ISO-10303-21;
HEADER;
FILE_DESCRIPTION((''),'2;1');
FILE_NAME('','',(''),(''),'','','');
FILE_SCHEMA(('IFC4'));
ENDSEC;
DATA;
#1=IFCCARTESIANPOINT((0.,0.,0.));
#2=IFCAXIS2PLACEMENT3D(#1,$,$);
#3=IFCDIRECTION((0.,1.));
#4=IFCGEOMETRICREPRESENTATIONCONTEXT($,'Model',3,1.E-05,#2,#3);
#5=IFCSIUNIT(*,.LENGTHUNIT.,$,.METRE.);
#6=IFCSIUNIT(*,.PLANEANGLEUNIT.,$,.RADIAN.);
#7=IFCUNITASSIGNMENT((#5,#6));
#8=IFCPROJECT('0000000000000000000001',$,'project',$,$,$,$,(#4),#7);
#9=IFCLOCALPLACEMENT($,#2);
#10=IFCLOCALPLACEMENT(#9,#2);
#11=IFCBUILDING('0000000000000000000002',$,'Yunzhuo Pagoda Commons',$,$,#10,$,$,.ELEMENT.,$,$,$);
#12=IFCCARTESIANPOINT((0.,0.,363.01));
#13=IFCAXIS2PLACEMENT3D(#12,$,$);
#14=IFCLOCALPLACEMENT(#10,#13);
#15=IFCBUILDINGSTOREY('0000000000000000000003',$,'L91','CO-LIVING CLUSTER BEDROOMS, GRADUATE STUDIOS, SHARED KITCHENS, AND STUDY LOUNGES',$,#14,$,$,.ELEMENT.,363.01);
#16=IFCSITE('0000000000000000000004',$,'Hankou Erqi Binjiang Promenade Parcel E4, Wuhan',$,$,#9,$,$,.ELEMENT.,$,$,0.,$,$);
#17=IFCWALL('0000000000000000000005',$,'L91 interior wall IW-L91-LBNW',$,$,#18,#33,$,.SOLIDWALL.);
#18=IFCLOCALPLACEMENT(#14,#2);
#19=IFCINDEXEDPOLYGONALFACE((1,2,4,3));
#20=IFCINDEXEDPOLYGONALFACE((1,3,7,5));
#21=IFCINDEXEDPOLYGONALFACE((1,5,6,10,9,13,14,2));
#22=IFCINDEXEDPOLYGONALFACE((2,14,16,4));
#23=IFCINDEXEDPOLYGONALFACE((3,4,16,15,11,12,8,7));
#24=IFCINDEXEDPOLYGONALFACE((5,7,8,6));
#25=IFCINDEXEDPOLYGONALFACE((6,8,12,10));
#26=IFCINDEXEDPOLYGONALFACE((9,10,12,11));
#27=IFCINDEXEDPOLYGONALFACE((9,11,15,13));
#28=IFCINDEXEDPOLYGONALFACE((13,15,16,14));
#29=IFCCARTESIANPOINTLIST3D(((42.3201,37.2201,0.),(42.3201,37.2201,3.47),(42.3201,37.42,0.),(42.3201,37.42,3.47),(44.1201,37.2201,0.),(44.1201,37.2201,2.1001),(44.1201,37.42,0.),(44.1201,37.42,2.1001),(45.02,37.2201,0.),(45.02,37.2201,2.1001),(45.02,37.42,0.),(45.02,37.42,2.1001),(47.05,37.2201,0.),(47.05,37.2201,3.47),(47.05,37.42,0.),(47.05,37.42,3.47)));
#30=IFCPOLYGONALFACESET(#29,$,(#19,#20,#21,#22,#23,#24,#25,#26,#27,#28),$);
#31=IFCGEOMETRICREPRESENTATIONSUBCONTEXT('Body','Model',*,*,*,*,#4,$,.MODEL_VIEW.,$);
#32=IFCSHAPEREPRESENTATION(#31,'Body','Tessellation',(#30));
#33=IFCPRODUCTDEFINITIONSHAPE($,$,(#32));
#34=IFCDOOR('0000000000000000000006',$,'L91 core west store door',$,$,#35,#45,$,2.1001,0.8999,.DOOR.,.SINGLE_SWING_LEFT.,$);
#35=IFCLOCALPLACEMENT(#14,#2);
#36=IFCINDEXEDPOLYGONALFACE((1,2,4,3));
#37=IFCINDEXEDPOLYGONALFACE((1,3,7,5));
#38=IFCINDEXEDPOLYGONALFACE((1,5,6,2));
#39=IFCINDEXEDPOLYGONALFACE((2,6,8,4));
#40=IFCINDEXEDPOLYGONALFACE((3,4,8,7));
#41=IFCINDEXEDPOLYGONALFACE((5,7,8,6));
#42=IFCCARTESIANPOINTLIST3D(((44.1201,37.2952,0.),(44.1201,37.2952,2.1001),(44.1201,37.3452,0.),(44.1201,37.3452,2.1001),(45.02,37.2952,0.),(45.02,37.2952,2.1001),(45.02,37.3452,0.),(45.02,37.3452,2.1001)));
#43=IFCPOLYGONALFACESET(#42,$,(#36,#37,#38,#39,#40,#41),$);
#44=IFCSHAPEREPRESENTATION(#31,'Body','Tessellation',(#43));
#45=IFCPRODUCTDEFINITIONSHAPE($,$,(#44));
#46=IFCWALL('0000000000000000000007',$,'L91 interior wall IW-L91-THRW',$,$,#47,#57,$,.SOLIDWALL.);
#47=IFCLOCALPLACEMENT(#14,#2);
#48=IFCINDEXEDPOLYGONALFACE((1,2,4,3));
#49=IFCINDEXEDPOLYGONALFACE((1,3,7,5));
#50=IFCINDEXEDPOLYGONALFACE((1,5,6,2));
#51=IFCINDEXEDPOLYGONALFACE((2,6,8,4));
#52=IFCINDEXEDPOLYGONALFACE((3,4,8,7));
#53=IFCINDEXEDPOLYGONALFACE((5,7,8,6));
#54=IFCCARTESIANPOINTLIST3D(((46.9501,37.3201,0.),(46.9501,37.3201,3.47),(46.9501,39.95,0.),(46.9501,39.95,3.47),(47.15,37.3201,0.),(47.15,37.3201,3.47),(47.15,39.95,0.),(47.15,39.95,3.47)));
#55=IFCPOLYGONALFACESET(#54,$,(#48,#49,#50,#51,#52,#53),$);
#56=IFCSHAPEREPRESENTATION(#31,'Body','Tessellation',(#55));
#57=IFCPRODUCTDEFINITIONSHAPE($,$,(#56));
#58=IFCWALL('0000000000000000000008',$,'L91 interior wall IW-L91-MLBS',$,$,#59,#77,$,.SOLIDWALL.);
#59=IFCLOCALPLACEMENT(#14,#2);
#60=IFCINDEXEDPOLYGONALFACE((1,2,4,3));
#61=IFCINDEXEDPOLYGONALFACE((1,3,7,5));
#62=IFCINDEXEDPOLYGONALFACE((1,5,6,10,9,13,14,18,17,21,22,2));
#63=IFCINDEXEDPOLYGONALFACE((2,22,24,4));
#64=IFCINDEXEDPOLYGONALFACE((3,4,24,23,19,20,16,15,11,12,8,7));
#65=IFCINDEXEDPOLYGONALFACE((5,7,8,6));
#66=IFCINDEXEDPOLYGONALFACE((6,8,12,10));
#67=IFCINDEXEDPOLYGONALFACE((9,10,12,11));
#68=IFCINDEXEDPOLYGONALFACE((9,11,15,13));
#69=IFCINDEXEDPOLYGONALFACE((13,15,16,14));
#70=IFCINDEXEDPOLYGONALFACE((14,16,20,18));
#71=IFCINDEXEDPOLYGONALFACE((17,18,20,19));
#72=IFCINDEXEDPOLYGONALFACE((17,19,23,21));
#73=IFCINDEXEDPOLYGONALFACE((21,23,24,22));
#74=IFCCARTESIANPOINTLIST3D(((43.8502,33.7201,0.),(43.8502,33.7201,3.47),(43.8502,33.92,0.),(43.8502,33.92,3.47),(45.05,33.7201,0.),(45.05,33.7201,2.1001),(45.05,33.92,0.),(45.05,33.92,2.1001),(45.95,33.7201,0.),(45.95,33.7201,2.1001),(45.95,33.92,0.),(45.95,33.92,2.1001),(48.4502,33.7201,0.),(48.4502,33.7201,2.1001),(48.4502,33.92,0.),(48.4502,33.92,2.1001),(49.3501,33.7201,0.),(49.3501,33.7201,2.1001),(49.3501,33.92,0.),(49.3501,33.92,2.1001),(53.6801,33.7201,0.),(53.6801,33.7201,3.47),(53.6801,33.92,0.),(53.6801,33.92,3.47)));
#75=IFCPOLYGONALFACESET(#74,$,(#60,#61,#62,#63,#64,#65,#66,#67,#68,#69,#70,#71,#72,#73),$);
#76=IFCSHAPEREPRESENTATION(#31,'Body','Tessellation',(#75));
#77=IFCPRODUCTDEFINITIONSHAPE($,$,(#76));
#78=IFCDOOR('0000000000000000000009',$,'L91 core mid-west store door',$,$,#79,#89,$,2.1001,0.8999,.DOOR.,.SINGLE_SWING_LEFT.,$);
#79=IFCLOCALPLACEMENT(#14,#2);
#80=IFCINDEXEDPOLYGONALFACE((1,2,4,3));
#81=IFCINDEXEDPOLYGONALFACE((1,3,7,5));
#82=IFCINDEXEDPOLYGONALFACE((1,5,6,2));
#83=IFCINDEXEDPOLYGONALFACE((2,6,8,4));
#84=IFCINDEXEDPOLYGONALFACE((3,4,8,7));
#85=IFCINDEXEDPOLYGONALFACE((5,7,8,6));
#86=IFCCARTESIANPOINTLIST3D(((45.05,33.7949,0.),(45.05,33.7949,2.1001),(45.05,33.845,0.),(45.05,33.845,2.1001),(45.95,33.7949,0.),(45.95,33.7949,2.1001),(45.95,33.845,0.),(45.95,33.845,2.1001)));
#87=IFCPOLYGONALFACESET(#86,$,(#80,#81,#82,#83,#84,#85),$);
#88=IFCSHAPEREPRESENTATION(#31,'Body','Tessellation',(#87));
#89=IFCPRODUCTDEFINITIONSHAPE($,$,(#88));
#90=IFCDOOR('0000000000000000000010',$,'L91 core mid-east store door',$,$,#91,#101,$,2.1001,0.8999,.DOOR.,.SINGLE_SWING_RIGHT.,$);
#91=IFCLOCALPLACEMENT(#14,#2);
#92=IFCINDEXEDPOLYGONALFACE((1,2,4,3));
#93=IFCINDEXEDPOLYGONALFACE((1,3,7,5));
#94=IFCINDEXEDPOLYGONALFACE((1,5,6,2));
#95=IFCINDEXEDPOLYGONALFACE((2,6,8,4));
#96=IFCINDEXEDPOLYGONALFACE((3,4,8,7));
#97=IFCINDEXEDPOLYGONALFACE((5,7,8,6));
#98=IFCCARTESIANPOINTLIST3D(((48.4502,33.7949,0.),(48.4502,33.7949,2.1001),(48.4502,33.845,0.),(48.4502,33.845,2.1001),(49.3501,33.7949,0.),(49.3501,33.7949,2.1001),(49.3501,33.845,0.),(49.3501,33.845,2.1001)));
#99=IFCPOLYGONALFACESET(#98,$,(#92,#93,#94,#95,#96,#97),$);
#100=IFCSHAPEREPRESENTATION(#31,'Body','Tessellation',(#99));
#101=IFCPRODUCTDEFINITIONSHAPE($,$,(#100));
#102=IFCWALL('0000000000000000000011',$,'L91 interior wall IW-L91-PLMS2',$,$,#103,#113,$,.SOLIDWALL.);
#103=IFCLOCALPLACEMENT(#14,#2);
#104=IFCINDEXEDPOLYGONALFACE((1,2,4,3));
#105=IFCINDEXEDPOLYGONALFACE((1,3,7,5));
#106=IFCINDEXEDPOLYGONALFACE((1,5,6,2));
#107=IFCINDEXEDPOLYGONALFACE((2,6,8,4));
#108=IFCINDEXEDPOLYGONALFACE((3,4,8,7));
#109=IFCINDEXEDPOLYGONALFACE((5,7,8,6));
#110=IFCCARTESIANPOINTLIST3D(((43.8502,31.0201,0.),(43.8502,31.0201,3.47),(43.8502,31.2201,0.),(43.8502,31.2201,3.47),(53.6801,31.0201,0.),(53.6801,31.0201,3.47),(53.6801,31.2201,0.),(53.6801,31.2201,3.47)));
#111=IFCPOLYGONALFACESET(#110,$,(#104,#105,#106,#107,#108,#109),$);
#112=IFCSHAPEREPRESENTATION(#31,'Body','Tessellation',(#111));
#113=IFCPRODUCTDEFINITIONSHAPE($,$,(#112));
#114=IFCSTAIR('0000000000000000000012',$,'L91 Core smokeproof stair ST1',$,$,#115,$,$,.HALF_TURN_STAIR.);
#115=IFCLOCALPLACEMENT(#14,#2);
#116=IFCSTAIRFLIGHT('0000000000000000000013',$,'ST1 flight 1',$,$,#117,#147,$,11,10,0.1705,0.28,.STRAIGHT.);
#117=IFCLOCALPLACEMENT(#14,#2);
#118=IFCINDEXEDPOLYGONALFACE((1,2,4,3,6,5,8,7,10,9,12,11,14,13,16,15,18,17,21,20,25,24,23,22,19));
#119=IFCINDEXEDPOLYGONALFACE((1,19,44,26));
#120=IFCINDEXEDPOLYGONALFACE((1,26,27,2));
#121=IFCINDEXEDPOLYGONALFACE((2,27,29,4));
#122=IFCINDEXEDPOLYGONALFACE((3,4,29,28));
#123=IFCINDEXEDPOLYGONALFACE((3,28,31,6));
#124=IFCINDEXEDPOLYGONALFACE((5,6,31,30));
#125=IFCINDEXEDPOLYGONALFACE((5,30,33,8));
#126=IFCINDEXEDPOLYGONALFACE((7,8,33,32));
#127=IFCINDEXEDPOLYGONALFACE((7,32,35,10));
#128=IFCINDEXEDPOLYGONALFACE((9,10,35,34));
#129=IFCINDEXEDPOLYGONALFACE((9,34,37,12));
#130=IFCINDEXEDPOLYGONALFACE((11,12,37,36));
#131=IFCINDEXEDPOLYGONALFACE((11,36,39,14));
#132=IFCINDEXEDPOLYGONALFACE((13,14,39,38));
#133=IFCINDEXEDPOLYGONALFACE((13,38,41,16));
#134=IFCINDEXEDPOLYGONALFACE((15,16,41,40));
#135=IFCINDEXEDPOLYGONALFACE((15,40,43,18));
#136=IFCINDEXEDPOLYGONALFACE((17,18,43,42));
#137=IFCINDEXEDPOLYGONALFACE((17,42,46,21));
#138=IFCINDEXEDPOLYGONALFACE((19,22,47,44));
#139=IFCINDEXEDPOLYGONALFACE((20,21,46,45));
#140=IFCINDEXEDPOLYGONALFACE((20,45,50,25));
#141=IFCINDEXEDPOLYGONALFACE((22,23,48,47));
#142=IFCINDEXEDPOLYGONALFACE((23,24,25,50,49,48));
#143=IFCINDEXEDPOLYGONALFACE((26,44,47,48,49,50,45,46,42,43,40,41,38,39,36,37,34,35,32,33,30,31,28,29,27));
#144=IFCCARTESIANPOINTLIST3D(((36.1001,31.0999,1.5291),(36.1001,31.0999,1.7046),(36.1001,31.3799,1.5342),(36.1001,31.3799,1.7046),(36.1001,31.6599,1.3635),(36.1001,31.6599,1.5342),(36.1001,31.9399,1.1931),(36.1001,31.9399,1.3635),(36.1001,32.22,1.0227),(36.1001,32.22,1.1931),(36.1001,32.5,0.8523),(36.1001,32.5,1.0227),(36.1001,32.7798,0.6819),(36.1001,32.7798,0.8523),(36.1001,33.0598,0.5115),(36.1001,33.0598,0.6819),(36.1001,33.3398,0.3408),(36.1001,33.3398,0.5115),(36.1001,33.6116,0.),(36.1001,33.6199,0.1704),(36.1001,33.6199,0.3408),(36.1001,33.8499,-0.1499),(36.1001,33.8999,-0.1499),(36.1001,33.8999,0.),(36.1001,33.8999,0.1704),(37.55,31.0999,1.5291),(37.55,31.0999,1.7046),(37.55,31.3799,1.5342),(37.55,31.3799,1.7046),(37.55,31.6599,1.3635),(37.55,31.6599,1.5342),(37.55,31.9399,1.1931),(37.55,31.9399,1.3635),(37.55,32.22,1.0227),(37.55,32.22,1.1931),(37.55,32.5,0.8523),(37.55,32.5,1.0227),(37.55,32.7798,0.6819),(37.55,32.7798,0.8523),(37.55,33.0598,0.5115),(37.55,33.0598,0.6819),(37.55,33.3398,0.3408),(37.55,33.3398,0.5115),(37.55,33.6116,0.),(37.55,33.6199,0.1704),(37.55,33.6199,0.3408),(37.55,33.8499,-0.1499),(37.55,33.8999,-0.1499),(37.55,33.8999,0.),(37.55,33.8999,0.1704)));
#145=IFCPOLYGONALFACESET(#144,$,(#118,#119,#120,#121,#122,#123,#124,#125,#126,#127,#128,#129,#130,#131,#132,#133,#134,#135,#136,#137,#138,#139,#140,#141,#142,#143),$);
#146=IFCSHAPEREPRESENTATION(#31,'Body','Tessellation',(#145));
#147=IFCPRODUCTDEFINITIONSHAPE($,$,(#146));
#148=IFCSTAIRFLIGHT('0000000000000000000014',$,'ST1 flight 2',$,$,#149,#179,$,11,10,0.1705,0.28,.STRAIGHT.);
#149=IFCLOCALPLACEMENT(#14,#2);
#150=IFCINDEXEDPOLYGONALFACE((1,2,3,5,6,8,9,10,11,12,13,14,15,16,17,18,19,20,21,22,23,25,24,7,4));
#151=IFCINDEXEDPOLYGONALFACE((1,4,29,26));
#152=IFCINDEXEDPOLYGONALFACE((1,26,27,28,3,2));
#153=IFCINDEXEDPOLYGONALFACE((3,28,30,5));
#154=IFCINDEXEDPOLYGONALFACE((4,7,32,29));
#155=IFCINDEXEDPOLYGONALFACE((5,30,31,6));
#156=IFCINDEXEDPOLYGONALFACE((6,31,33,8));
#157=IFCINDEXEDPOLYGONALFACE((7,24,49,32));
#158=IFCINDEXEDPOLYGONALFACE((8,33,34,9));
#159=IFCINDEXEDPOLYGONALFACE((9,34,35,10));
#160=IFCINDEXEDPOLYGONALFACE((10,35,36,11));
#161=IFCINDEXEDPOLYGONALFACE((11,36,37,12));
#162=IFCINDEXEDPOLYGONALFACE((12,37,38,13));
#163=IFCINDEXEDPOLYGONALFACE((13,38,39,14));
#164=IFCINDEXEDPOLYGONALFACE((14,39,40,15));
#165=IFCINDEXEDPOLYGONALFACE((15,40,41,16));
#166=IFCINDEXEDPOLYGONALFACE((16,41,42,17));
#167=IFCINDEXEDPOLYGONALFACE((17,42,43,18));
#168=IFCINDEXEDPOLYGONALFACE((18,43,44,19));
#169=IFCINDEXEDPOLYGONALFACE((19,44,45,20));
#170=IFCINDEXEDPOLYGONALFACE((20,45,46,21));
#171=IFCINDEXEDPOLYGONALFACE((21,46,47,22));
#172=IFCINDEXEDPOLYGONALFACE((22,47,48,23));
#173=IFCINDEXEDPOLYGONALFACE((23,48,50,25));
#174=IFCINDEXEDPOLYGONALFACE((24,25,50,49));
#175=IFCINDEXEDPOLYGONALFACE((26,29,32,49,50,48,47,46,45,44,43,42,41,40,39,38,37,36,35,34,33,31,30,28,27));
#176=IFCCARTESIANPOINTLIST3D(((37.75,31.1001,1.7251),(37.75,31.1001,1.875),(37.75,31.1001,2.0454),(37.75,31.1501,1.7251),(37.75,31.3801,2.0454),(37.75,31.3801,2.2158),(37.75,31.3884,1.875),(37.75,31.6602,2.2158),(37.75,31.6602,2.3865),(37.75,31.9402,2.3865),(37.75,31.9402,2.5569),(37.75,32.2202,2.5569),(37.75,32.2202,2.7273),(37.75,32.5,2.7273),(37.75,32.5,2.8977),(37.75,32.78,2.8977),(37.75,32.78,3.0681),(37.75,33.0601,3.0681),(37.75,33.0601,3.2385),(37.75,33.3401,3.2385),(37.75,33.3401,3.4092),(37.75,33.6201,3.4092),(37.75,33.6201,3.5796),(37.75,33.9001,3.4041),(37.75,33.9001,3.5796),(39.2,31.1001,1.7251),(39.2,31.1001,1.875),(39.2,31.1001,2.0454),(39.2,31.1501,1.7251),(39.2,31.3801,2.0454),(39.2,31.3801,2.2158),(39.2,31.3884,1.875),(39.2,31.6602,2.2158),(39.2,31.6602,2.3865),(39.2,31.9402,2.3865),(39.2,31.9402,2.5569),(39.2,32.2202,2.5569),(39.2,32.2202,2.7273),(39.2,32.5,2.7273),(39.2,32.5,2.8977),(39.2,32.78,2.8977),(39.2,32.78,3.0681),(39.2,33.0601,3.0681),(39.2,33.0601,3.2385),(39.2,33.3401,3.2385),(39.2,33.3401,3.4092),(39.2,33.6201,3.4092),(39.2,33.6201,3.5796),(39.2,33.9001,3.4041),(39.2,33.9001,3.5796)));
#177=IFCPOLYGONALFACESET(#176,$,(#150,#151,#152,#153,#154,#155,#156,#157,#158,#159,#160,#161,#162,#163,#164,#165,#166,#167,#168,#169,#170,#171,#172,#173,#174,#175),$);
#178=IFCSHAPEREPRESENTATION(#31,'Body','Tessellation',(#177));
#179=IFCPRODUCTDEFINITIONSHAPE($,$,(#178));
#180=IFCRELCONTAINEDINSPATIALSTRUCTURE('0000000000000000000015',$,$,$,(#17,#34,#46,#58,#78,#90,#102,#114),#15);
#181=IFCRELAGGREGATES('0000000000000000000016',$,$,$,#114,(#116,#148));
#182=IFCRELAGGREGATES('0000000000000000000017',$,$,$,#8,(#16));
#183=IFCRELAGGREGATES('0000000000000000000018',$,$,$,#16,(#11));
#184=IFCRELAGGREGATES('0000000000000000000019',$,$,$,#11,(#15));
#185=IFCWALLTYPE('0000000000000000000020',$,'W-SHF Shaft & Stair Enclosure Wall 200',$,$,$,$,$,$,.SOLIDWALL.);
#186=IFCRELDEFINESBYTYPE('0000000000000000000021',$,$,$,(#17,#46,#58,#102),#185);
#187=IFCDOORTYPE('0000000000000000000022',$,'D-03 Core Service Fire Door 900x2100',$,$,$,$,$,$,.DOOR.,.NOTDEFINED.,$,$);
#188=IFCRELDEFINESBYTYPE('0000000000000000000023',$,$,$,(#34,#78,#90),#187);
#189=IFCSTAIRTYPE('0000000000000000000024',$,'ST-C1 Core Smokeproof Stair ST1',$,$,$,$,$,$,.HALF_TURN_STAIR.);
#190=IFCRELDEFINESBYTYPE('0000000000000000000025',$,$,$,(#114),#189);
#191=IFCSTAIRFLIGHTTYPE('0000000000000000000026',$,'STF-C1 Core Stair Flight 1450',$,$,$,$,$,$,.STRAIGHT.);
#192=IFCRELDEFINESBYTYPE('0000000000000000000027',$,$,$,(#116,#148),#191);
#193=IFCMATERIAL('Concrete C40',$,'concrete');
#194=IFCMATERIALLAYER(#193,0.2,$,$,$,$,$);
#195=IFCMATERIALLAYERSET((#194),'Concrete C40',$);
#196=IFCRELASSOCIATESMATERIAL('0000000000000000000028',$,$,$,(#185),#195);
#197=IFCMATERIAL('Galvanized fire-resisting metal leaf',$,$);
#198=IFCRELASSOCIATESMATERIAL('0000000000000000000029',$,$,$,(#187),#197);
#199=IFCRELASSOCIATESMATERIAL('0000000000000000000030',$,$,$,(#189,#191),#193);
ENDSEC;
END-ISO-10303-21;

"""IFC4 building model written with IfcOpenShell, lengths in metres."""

from ifc_helpers import new_model, si_unit, direction, frame, frame_2d, origin, origin_with_axes, place, context, subcontext, project, spatial, polyline, rectangle, outline, extrude, source, transform, mapped, material, layer, layer_set, type_object, element, fill, aggregate, save


model = new_model("IFC4")

# Units and contexts
model_context = context("Model", 3, precision=1e-05, world=origin(), true_north=direction((0.0, 1.0)))
body_context = subcontext(model_context, "Body", "Model", "MODEL_VIEW")
ifc_project = project(units=[si_unit("LENGTHUNIT", "METRE"), si_unit("PLANEANGLEUNIT", "RADIAN")], contexts=[model_context])

# Site, building, storey
site_placement = place(None, origin())
site = spatial("IfcSite", under=ifc_project, at=site_placement, Name="Hankou Erqi Binjiang Promenade Parcel E4, Wuhan", CompositionType="ELEMENT", RefElevation=0.0)
building_placement = place(site_placement, origin())
building = spatial("IfcBuilding", under=site, at=building_placement, Name="Yunzhuo Pagoda Commons", CompositionType="ELEMENT")
storey_placement = place(building_placement, frame((0.0, 0.0, 363.01)))
storey = spatial("IfcBuildingStorey", under=building, at=storey_placement, Name="L91", Description="CO-LIVING CLUSTER BEDROOMS, GRADUATE STUDIOS, SHARED KITCHENS, AND STUDY LOUNGES", CompositionType="ELEMENT", Elevation=363.01)

# Shared definitions
ifc_material_1 = material(Name="Galvanized fire-resisting metal leaf")
ifc_material_2 = material(Name="Concrete C40", Category="concrete")
ifc_layer_1 = layer(ifc_material_2, 0.2)
ifc_layer_set_1 = layer_set([ifc_layer_1], Name="Concrete C40")
wall_type_1 = type_object("IfcWallType", Name="W-SHF Shaft & Stair Enclosure Wall 200", PredefinedType="SOLIDWALL", material=ifc_layer_set_1)

# Wall, opening, door
wall_1_placement = place(storey_placement, frame((42.3201, 37.3201, 0.0), z_axis=(0.0, 0.0, 1.0), x_axis=(1.0, 0.0, 0.0)))
wall_1 = element("IfcWall", 1, at=wall_1_placement, inside=storey, type_object=wall_type_1, Name="L91 interior wall IW-L91-LBNW", PredefinedType="SOLIDWALL", context=body_context, shape_type="SweptSolid", body=[
    extrude(rectangle(XDim=4.73, YDim=0.2, at=frame_2d((2.365, 0.0))), origin(), (0.0, 0.0, 1.0), 3.47),
])
opening_1_placement = place(wall_1_placement, frame((1.8, 0.0, 0.0)))
opening_1 = element("IfcOpeningElement", 2, at=opening_1_placement, cuts=wall_1, PredefinedType="OPENING", context=body_context, shape_type="SweptSolid", body=[
    extrude(rectangle(XDim=0.8999, YDim=2.1001, at=frame_2d((0.45, 1.05))), frame((0.0, 0.1099, 0.0), z_axis=(0.0, -1.0, 0.0), x_axis=(1.0, 0.0, 0.0)), (0.0, 0.0, 1.0), 0.22),
])
door_type_1 = type_object("IfcDoorType", Name="D-03 Core Service Fire Door 900x2100", OperationType="NOTDEFINED", PredefinedType="DOOR", material=ifc_material_1)
shared_shape_1 = source(origin(), body_context, "Body", "SweptSolid", [
    extrude(rectangle(XDim=0.8999, YDim=2.1001, at=frame_2d((0.45, 1.05))), frame((0.0, 0.0249, 0.0), z_axis=(0.0, -1.0, 0.0), x_axis=(1.0, 0.0, 0.0)), (0.0, 0.0, 1.0), 0.05),
])
door_1_placement = place(opening_1_placement, frame((0.8999, 0.0, 0.0), z_axis=(0.0, 0.0, 1.0), x_axis=(-1.0, 0.0, 0.0)))
door_1 = element("IfcDoor", 3, at=door_1_placement, inside=storey, type_object=door_type_1, Name="L91 core west store door", OperationType="SINGLE_SWING_LEFT", OverallHeight=2.1001, OverallWidth=0.8999, PredefinedType="DOOR", context=body_context, shape_type="MappedRepresentation", body=[
    mapped(shared_shape_1, transform((0.0, 0.0, 0.0), scale=1.0)),
])
fill(opening_1, door_1)

# Wall
wall_2_placement = place(storey_placement, frame((47.05, 37.3201, 0.0), z_axis=(0.0, 0.0, 1.0), x_axis=(0.0, 1.0, 0.0)))
element("IfcWall", 4, at=wall_2_placement, inside=storey, type_object=wall_type_1, Name="L91 interior wall IW-L91-THRW", PredefinedType="SOLIDWALL", context=body_context, shape_type="SweptSolid", body=[
    extrude(rectangle(XDim=2.6299, YDim=0.2, at=frame_2d((1.3149, 0.0))), origin(), (0.0, 0.0, 1.0), 3.47),
])

# Wall, openings, doors
wall_3_placement = place(storey_placement, frame((43.8501, 33.8201, 0.0), z_axis=(0.0, 0.0, 1.0), x_axis=(1.0, 0.0, 0.0)))
wall_3 = element("IfcWall", 5, at=wall_3_placement, inside=storey, type_object=wall_type_1, Name="L91 interior wall IW-L91-MLBS", PredefinedType="SOLIDWALL", context=body_context, shape_type="SweptSolid", body=[
    extrude(rectangle(XDim=9.8298, YDim=0.2, at=frame_2d((4.915, 0.0))), origin(), (0.0, 0.0, 1.0), 3.47),
])
opening_2_placement = place(wall_3_placement, frame((1.2, 0.0, 0.0)))
opening_2 = element("IfcOpeningElement", 6, at=opening_2_placement, cuts=wall_3, PredefinedType="OPENING", context=body_context, shape_type="SweptSolid", body=[
    extrude(rectangle(XDim=0.8999, YDim=2.1001, at=frame_2d((0.45, 1.05))), frame((0.0, 0.1099, 0.0), z_axis=(0.0, -1.0, 0.0), x_axis=(1.0, 0.0, 0.0)), (0.0, 0.0, 1.0), 0.22),
])
opening_3_placement = place(wall_3_placement, frame((4.6001, 0.0, 0.0)))
opening_3 = element("IfcOpeningElement", 7, at=opening_3_placement, cuts=wall_3, PredefinedType="OPENING", context=body_context, shape_type="SweptSolid", body=[
    extrude(rectangle(XDim=0.8999, YDim=2.1001, at=frame_2d((0.45, 1.05))), frame((0.0, 0.1099, 0.0), z_axis=(0.0, -1.0, 0.0), x_axis=(1.0, 0.0, 0.0)), (0.0, 0.0, 1.0), 0.22),
])
door_2_placement = place(opening_2_placement, origin_with_axes())
door_2 = element("IfcDoor", 8, at=door_2_placement, inside=storey, type_object=door_type_1, Name="L91 core mid-west store door", OperationType="SINGLE_SWING_LEFT", OverallHeight=2.1001, OverallWidth=0.8999, PredefinedType="DOOR", context=body_context, shape_type="MappedRepresentation", body=[
    mapped(shared_shape_1, transform((0.0, 0.0, 0.0), scale=1.0)),
])
fill(opening_2, door_2)
door_3_placement = place(opening_3_placement, origin_with_axes())
door_3 = element("IfcDoor", 9, at=door_3_placement, inside=storey, type_object=door_type_1, Name="L91 core mid-east store door", OperationType="SINGLE_SWING_RIGHT", OverallHeight=2.1001, OverallWidth=0.8999, PredefinedType="DOOR", context=body_context, shape_type="MappedRepresentation", body=[
    mapped(shared_shape_1, transform((0.0, 0.0, 0.0), scale=1.0)),
])
fill(opening_3, door_3)

# Wall
wall_4_placement = place(storey_placement, frame((43.8501, 31.1201, 0.0), z_axis=(0.0, 0.0, 1.0), x_axis=(1.0, 0.0, 0.0)))
element("IfcWall", 10, at=wall_4_placement, inside=storey, type_object=wall_type_1, Name="L91 interior wall IW-L91-PLMS2", PredefinedType="SOLIDWALL", context=body_context, shape_type="SweptSolid", body=[
    extrude(rectangle(XDim=9.8298, YDim=0.2, at=frame_2d((4.915, 0.0))), origin(), (0.0, 0.0, 1.0), 3.47),
])

# Stair, stair flights
stair_type = type_object("IfcStairType", Name="ST-C1 Core Smokeproof Stair ST1", PredefinedType="HALF_TURN_STAIR", material=ifc_material_2)
stair_placement = place(storey_placement, origin())
stair = element("IfcStair", 11, at=stair_placement, inside=storey, type_object=stair_type, Name="L91 Core smokeproof stair ST1", PredefinedType="HALF_TURN_STAIR")
stair_flight_type = type_object("IfcStairFlightType", Name="STF-C1 Core Stair Flight 1450", PredefinedType="STRAIGHT", material=ifc_material_2)
shared_shape_2 = source(origin(), body_context, "Body", "SweptSolid", [
    extrude(outline(polyline([(0.0, -0.1499), (0.0, 0.0), (0.0, 0.1704), (0.28, 0.1704), (0.28, 0.3408), (0.5601, 0.3408), (0.5601, 0.5115), (0.8401, 0.5115), (0.8401, 0.6819), (1.1201, 0.6819), (1.1201, 0.8523), (1.3999, 0.8523), (1.3999, 1.0227), (1.6799, 1.0227), (1.6799, 1.1931), (1.96, 1.1931), (1.96, 1.3635), (2.24, 1.3635), (2.24, 1.5342), (2.52, 1.5342), (2.52, 1.7046), (2.8, 1.7046), (2.8, 1.875), (2.8, 1.5291), (0.2883, 0.0), (0.05, -0.1499), (0.0, -0.1499)])), frame((0.0, 0.7251, 0.0), z_axis=(0.0, -1.0, 0.0), x_axis=(1.0, 0.0, 0.0)), (0.0, 0.0, 1.0), 1.45),
])
stair_flight_1_placement = place(storey_placement, frame((36.825, 33.8999, 0.0), z_axis=(0.0, 0.0, 1.0), x_axis=(0.0, -1.0, 0.0)))
stair_flight_1 = element("IfcStairFlight", 12, at=stair_flight_1_placement, type_object=stair_flight_type, Name="ST1 flight 1", NumberOfRisers=11, NumberOfTreads=10, PredefinedType="STRAIGHT", RiserHeight=0.1705, TreadLength=0.28, context=body_context, shape_type="MappedRepresentation", body=[
    mapped(shared_shape_2, transform((0.0, 0.0, 0.0), scale=1.0)),
])
stair_flight_2_placement = place(storey_placement, frame((38.4751, 31.1001, 1.875), z_axis=(0.0, 0.0, 1.0), x_axis=(0.0, 1.0, 0.0)))
stair_flight_2 = element("IfcStairFlight", 13, at=stair_flight_2_placement, type_object=stair_flight_type, Name="ST1 flight 2", NumberOfRisers=11, NumberOfTreads=10, PredefinedType="STRAIGHT", RiserHeight=0.1705, TreadLength=0.28, context=body_context, shape_type="MappedRepresentation", body=[
    mapped(shared_shape_2, transform((0.0, 0.0, 0.0), scale=1.0)),
])
aggregate(stair, [stair_flight_1, stair_flight_2])

save(model, "model.ifc")
